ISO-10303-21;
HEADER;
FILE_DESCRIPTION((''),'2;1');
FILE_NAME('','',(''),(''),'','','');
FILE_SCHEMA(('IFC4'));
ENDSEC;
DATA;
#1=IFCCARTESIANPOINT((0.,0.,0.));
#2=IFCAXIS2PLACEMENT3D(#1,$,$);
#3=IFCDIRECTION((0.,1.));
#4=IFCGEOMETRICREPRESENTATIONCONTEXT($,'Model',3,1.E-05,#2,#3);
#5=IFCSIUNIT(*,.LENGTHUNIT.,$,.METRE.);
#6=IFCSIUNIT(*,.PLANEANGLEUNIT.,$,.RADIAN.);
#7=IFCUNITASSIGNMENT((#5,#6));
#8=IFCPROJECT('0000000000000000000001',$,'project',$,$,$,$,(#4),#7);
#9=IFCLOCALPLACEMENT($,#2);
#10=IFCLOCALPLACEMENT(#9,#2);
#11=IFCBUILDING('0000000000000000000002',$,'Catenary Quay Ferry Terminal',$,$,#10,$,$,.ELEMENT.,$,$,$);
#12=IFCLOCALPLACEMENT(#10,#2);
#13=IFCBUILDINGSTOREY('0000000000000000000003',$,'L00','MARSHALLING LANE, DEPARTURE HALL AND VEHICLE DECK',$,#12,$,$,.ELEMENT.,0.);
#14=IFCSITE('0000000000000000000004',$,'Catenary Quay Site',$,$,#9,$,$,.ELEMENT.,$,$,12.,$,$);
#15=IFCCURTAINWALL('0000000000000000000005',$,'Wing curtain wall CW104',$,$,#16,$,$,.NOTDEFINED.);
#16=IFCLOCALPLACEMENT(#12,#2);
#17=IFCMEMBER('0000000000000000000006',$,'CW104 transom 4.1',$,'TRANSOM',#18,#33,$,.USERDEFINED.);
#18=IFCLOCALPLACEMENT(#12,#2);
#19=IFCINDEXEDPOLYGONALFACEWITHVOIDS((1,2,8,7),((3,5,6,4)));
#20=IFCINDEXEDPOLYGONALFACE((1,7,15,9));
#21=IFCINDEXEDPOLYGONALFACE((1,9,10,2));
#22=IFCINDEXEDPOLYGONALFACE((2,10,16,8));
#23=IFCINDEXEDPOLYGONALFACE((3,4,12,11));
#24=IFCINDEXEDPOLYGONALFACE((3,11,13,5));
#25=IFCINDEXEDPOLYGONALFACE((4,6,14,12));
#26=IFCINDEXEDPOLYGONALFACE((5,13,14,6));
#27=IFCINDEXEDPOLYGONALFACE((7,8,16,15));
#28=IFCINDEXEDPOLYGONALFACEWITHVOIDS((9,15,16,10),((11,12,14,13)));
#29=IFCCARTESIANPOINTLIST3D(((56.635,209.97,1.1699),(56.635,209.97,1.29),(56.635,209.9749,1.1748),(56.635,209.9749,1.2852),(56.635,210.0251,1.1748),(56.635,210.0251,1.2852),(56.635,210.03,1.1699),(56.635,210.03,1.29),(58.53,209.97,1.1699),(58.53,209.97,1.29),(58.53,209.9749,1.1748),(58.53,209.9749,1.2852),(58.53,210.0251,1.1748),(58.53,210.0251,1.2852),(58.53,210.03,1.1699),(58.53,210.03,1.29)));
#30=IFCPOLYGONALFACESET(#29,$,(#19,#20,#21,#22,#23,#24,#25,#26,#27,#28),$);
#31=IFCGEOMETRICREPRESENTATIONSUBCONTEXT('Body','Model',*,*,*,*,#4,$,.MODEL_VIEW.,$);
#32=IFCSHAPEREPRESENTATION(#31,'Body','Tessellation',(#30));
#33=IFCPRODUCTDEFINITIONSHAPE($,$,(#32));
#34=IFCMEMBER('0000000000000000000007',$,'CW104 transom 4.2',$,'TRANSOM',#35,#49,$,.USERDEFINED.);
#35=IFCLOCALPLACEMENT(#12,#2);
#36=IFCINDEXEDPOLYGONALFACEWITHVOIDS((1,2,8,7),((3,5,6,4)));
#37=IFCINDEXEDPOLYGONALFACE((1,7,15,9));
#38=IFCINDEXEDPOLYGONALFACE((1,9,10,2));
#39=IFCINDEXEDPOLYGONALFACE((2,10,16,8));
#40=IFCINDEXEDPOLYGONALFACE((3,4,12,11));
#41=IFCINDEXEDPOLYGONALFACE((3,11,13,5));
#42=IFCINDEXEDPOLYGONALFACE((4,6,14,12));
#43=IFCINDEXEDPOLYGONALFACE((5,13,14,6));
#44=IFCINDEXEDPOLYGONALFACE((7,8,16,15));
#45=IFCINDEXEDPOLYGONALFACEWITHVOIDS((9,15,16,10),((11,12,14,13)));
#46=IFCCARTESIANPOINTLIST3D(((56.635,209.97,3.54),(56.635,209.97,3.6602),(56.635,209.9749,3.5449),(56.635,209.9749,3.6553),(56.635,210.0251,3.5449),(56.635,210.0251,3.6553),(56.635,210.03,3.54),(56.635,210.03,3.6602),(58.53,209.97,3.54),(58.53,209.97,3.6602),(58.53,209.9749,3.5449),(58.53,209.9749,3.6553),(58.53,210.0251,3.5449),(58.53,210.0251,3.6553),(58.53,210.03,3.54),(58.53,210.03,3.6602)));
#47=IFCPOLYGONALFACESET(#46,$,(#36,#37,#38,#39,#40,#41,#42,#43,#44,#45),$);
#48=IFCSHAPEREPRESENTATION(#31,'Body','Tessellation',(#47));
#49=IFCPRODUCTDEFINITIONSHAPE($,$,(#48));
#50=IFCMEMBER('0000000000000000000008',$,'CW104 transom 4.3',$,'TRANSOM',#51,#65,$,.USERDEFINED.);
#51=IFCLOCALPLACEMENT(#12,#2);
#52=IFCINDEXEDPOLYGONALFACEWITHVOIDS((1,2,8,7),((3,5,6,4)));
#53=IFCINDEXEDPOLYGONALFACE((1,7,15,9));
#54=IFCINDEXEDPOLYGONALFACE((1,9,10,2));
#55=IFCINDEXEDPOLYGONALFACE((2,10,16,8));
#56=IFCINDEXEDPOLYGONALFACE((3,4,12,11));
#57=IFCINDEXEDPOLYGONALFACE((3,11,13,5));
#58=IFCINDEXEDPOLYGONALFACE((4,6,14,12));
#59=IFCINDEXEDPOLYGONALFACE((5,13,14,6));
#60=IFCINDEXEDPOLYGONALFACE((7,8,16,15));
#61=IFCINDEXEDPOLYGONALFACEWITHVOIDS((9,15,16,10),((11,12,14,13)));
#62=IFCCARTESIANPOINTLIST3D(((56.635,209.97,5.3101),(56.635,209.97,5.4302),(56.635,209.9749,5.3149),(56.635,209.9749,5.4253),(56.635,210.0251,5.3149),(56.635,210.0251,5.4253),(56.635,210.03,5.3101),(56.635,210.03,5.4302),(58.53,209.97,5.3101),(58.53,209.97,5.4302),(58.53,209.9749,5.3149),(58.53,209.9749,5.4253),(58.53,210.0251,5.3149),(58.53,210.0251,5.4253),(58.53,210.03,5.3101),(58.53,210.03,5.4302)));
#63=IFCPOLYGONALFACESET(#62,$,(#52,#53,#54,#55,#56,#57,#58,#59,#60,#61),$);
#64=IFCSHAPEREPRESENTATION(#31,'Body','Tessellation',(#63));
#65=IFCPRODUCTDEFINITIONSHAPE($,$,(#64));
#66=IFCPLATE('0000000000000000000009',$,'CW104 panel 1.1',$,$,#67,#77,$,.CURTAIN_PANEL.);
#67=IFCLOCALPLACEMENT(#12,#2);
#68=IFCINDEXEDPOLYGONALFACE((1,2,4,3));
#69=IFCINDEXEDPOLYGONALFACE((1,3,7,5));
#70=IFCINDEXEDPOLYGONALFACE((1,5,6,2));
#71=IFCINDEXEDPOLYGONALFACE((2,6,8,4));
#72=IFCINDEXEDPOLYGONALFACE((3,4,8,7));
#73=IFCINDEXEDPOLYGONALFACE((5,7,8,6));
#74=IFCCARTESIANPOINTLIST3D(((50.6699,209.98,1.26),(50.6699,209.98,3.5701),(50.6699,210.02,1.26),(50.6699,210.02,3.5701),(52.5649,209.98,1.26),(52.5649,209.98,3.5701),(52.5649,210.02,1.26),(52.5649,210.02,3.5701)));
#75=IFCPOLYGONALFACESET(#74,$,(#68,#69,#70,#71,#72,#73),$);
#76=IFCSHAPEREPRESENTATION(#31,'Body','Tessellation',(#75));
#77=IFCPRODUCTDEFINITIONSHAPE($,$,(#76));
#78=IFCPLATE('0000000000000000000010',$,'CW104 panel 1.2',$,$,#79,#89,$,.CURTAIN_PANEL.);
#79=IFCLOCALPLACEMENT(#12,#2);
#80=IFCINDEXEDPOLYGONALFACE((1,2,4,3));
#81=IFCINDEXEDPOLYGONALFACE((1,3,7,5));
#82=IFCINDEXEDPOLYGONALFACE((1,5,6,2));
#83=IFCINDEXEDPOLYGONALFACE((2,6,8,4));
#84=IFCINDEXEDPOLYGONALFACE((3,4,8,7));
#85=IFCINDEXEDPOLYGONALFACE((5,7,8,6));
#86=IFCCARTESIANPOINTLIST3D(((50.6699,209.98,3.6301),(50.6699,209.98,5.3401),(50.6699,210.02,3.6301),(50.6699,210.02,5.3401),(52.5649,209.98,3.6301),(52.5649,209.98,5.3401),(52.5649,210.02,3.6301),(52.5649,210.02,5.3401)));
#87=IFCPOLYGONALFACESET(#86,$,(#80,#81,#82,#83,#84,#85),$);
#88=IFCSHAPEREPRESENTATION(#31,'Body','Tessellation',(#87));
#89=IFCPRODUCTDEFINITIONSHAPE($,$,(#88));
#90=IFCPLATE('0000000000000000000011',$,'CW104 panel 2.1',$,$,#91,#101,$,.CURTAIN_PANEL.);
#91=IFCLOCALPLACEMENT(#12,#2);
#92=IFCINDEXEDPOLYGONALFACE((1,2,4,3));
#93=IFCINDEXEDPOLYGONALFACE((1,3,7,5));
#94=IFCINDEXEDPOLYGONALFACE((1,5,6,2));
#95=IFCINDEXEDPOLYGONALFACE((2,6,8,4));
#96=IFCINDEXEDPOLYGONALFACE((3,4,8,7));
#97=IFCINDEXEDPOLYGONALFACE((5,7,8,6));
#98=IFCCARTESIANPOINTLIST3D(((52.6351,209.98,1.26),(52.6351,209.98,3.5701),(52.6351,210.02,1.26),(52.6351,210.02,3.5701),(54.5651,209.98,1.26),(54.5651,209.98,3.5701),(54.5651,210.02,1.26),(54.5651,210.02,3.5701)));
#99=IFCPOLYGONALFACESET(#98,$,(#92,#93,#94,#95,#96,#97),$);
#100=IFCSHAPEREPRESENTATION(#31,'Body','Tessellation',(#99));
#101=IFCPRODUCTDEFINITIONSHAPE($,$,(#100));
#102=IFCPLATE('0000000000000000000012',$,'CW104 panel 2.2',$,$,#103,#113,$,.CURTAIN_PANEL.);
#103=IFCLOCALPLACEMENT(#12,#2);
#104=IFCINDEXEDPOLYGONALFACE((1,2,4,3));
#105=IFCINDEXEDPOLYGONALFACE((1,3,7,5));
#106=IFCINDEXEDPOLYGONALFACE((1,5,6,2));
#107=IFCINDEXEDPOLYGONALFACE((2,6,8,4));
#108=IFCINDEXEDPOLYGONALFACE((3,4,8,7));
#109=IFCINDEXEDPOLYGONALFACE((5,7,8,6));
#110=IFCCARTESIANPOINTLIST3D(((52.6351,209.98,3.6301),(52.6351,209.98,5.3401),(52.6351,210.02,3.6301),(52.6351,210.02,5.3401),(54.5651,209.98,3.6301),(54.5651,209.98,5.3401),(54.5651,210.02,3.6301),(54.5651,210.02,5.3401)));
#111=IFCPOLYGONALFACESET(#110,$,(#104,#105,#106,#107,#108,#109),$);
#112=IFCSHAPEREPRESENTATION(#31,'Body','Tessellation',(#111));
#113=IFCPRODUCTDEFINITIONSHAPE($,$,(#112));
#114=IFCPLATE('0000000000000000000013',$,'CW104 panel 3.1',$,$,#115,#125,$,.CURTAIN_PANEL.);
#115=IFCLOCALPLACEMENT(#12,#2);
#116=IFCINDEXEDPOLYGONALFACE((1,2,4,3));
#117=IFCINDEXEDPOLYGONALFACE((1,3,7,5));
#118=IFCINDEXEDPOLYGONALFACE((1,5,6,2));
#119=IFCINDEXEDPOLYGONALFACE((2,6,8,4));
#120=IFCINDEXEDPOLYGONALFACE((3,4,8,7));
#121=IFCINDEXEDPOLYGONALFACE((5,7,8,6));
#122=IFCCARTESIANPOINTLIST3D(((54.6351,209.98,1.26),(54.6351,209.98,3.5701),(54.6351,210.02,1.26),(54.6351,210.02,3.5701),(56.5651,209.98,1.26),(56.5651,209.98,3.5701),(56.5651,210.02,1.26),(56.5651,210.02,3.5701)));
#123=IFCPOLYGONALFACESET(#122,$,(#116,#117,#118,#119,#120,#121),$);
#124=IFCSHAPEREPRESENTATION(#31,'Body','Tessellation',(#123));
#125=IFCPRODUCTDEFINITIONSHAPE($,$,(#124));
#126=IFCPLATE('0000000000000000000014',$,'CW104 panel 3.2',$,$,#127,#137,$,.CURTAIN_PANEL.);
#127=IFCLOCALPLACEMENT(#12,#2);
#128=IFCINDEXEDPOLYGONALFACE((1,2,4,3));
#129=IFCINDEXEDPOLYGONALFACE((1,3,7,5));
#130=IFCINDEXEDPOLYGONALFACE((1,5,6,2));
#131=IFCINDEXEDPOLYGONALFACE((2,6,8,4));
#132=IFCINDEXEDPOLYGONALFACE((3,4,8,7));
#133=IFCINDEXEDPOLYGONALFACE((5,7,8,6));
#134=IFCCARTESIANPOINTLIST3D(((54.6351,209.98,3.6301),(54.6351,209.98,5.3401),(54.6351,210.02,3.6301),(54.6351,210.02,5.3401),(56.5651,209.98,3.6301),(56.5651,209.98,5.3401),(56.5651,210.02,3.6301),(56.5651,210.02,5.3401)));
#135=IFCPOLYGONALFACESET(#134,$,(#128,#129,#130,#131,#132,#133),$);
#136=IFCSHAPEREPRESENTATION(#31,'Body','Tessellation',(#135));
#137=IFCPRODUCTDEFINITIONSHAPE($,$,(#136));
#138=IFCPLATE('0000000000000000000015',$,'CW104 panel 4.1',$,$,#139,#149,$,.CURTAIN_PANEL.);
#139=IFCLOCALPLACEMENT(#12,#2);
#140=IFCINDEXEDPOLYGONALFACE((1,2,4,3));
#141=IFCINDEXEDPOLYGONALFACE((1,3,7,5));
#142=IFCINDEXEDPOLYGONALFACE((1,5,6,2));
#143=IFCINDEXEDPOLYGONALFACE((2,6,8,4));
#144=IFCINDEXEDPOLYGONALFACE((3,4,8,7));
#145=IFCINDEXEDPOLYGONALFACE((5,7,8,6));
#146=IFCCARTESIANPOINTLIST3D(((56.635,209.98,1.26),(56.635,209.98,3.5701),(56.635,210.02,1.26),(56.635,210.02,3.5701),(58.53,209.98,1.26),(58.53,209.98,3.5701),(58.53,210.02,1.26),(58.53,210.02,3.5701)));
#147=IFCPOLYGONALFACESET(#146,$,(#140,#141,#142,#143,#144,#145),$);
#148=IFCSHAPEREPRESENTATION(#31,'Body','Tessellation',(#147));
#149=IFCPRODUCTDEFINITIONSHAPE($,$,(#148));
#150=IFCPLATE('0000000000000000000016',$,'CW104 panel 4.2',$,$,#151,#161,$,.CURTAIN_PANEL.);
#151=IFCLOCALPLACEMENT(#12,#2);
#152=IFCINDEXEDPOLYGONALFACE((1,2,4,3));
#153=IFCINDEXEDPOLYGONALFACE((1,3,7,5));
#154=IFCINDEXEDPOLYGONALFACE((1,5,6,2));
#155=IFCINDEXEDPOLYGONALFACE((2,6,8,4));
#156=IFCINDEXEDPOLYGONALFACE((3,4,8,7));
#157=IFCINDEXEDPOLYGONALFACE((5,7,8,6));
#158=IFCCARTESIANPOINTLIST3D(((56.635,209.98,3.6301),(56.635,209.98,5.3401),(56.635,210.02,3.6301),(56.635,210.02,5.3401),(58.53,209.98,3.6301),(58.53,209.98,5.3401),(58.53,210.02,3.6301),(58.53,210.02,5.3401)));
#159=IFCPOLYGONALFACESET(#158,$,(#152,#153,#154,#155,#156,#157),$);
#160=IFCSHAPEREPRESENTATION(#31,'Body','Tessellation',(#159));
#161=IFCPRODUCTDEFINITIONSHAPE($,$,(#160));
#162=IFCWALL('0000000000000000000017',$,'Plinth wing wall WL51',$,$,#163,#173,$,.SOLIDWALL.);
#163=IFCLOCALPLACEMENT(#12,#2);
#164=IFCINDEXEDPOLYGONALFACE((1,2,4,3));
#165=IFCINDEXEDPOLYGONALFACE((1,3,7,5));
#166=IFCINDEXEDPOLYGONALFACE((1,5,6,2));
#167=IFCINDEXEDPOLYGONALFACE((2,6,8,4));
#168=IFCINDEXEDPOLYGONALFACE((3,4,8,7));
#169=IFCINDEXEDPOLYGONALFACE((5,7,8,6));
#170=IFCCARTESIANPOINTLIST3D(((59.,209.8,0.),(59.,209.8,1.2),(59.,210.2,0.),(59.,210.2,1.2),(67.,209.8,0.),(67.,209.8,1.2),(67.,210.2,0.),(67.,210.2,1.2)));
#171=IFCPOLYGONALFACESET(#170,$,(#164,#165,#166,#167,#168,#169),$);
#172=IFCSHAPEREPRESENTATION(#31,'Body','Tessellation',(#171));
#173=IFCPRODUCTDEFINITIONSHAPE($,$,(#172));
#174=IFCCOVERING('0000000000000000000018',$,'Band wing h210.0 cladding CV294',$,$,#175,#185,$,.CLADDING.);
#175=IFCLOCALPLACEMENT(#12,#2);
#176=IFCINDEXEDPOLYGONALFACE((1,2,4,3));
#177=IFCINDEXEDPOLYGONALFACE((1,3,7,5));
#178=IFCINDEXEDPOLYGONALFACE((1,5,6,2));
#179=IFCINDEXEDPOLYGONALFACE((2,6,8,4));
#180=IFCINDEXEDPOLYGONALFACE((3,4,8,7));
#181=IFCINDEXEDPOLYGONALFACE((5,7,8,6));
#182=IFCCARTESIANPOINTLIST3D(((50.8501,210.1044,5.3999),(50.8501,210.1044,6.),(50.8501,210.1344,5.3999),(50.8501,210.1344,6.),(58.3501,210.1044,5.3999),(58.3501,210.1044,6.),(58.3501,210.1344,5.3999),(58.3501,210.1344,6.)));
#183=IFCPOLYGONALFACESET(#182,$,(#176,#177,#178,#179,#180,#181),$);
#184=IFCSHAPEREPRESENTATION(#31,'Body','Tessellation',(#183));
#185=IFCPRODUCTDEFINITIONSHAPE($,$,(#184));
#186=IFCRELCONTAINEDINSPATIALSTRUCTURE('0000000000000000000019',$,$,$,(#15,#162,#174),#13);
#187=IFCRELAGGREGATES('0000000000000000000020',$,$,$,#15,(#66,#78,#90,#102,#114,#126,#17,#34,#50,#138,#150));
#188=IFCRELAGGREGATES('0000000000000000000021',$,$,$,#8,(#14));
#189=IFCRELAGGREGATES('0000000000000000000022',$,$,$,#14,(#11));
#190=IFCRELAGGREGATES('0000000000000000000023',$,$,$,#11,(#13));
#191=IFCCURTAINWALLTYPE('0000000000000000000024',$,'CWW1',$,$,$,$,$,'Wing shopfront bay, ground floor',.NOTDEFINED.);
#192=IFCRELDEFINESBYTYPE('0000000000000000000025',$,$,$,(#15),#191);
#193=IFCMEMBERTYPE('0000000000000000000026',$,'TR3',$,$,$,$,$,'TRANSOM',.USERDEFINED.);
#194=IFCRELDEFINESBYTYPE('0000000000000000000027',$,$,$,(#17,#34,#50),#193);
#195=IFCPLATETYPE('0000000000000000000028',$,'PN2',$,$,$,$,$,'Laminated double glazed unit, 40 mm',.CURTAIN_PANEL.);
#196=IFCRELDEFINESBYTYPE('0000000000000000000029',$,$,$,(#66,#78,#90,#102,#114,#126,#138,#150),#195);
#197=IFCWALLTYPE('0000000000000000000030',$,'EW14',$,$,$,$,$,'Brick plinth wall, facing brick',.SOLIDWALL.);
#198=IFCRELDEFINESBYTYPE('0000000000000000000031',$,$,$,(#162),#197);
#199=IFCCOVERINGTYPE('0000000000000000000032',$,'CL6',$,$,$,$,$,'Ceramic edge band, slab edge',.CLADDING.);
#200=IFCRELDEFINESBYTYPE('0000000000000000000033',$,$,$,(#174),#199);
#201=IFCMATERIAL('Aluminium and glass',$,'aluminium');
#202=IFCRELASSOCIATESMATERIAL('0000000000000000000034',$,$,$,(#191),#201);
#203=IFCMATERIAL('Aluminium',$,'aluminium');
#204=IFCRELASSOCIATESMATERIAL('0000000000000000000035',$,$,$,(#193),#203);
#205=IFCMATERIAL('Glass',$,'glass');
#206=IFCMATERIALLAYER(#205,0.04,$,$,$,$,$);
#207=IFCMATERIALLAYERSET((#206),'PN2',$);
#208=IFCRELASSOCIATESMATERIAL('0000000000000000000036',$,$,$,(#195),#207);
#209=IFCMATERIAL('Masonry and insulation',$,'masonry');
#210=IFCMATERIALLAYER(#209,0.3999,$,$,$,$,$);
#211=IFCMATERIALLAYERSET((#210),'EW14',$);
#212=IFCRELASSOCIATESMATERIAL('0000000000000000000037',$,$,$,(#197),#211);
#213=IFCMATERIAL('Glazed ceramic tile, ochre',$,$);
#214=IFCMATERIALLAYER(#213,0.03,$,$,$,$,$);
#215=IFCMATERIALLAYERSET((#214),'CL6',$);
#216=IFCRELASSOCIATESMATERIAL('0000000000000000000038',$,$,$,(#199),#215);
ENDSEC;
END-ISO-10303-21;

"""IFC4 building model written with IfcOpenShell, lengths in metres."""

from ifc_helpers import new_model, si_unit, direction, frame, frame_2d, origin, origin_2d, place, context, subcontext, project, spatial, rectangle, hollow_rectangle, extrude, material, layer, layer_set, material_profile, profile_set, type_object, element, aggregate, save


model = new_model("IFC4")

# Units and contexts
model_context = context("Model", 3, precision=1e-05, world=origin(), true_north=direction((0.0, 1.0)))
body_context = subcontext(model_context, "Body", "Model", "MODEL_VIEW")
ifc_project = project(units=[si_unit("LENGTHUNIT", "METRE"), si_unit("PLANEANGLEUNIT", "RADIAN")], contexts=[model_context])

# Site, building, storey
site_placement = place(None, origin())
site = spatial("IfcSite", under=ifc_project, at=site_placement, Name="Catenary Quay Site", CompositionType="ELEMENT", RefElevation=12.0)
building_placement = place(site_placement, origin())
building = spatial("IfcBuilding", under=site, at=building_placement, Name="Catenary Quay Ferry Terminal", CompositionType="ELEMENT")
storey_placement = place(building_placement, origin())
storey = spatial("IfcBuildingStorey", under=building, at=storey_placement, Name="L00", Description="MARSHALLING LANE, DEPARTURE HALL AND VEHICLE DECK", CompositionType="ELEMENT", Elevation=0.0)

# Curtain wall
ifc_material_1 = material(Name="Aluminium and glass", Category="aluminium")
curtain_wall_type = type_object("IfcCurtainWallType", Name="CWW1", ElementType="Wing shopfront bay, ground floor", PredefinedType="NOTDEFINED", material=ifc_material_1)
curtain_wall_1_placement = place(storey_placement, origin())
curtain_wall_1 = element("IfcCurtainWall", 1, at=curtain_wall_1_placement, inside=storey, type_object=curtain_wall_type, Name="Wing curtain wall CW104", PredefinedType="NOTDEFINED")

# Members
ifc_material_2 = material(Name="Aluminium", Category="aluminium")
ifc_material_profile_1 = material_profile(ifc_material_2, hollow_rectangle(XDim=0.0601, YDim=0.1201, WallThickness=0.0049, at=origin_2d()), Name="TR3")
ifc_profile_set_1 = profile_set([ifc_material_profile_1], Name="Aluminium")
member_type_1 = type_object("IfcMemberType", Name="TR3", ElementType="TRANSOM", PredefinedType="USERDEFINED", material=ifc_profile_set_1)
member_1_placement = place(storey_placement, frame((56.635, 210.0, 1.23), z_axis=(1.0, 0.0, 0.0), x_axis=(0.0, 1.0, 0.0)))
member_1 = element("IfcMember", 2, at=member_1_placement, type_object=member_type_1, Name="CW104 transom 4.1", ObjectType="TRANSOM", PredefinedType="USERDEFINED", context=body_context, shape_type="SweptSolid", body=[
    extrude(hollow_rectangle(XDim=0.0601, YDim=0.1201, WallThickness=0.0049, at=origin_2d()), origin(), (0.0, 0.0, 1.0), 1.895),
])
member_2_placement = place(storey_placement, frame((56.635, 210.0, 3.6001), z_axis=(1.0, 0.0, 0.0), x_axis=(0.0, 1.0, 0.0)))
member_2 = element("IfcMember", 3, at=member_2_placement, type_object=member_type_1, Name="CW104 transom 4.2", ObjectType="TRANSOM", PredefinedType="USERDEFINED", context=body_context, shape_type="SweptSolid", body=[
    extrude(hollow_rectangle(XDim=0.0601, YDim=0.1201, WallThickness=0.0049, at=origin_2d()), origin(), (0.0, 0.0, 1.0), 1.895),
])
member_3_placement = place(storey_placement, frame((56.635, 210.0, 5.3701), z_axis=(1.0, 0.0, 0.0), x_axis=(0.0, 1.0, 0.0)))
member_3 = element("IfcMember", 4, at=member_3_placement, type_object=member_type_1, Name="CW104 transom 4.3", ObjectType="TRANSOM", PredefinedType="USERDEFINED", context=body_context, shape_type="SweptSolid", body=[
    extrude(hollow_rectangle(XDim=0.0601, YDim=0.1201, WallThickness=0.0049, at=origin_2d()), origin(), (0.0, 0.0, 1.0), 1.895),
])

# Plates
ifc_material_3 = material(Name="Glass", Category="glass")
ifc_layer_1 = layer(ifc_material_3, 0.04)
ifc_layer_set_1 = layer_set([ifc_layer_1], Name="PN2")
plate_type = type_object("IfcPlateType", Name="PN2", ElementType="Laminated double glazed unit, 40 mm", PredefinedType="CURTAIN_PANEL", material=ifc_layer_set_1)
plate_1_placement = place(storey_placement, frame((51.6174, 210.0, 1.26), z_axis=(0.0, 0.0, 1.0), x_axis=(1.0, 0.0, 0.0)))
plate_1 = element("IfcPlate", 5, at=plate_1_placement, type_object=plate_type, Name="CW104 panel 1.1", PredefinedType="CURTAIN_PANEL", context=body_context, shape_type="SweptSolid", body=[
    extrude(rectangle(XDim=1.895, YDim=0.04, at=origin_2d()), origin(), (0.0, 0.0, 1.0), 2.3101),
])
plate_2_placement = place(storey_placement, frame((51.6174, 210.0, 3.6301), z_axis=(0.0, 0.0, 1.0), x_axis=(1.0, 0.0, 0.0)))
plate_2 = element("IfcPlate", 6, at=plate_2_placement, type_object=plate_type, Name="CW104 panel 1.2", PredefinedType="CURTAIN_PANEL", context=body_context, shape_type="SweptSolid", body=[
    extrude(rectangle(XDim=1.895, YDim=0.04, at=origin_2d()), origin(), (0.0, 0.0, 1.0), 1.71),
])
plate_3_placement = place(storey_placement, frame((53.6001, 210.0, 1.26), z_axis=(0.0, 0.0, 1.0), x_axis=(1.0, 0.0, 0.0)))
plate_3 = element("IfcPlate", 7, at=plate_3_placement, type_object=plate_type, Name="CW104 panel 2.1", PredefinedType="CURTAIN_PANEL", context=body_context, shape_type="SweptSolid", body=[
    extrude(rectangle(XDim=1.9299, YDim=0.04, at=origin_2d()), origin(), (0.0, 0.0, 1.0), 2.3101),
])
plate_4_placement = place(storey_placement, frame((53.6001, 210.0, 3.6301), z_axis=(0.0, 0.0, 1.0), x_axis=(1.0, 0.0, 0.0)))
plate_4 = element("IfcPlate", 8, at=plate_4_placement, type_object=plate_type, Name="CW104 panel 2.2", PredefinedType="CURTAIN_PANEL", context=body_context, shape_type="SweptSolid", body=[
    extrude(rectangle(XDim=1.9299, YDim=0.04, at=origin_2d()), origin(), (0.0, 0.0, 1.0), 1.71),
])
plate_5_placement = place(storey_placement, frame((55.6001, 210.0, 1.26), z_axis=(0.0, 0.0, 1.0), x_axis=(1.0, 0.0, 0.0)))
plate_5 = element("IfcPlate", 9, at=plate_5_placement, type_object=plate_type, Name="CW104 panel 3.1", PredefinedType="CURTAIN_PANEL", context=body_context, shape_type="SweptSolid", body=[
    extrude(rectangle(XDim=1.9299, YDim=0.04, at=origin_2d()), origin(), (0.0, 0.0, 1.0), 2.3101),
])
plate_6_placement = place(storey_placement, frame((55.6001, 210.0, 3.6301), z_axis=(0.0, 0.0, 1.0), x_axis=(1.0, 0.0, 0.0)))
plate_6 = element("IfcPlate", 10, at=plate_6_placement, type_object=plate_type, Name="CW104 panel 3.2", PredefinedType="CURTAIN_PANEL", context=body_context, shape_type="SweptSolid", body=[
    extrude(rectangle(XDim=1.9299, YDim=0.04, at=origin_2d()), origin(), (0.0, 0.0, 1.0), 1.71),
])
plate_7_placement = place(storey_placement, frame((57.5825, 210.0, 1.26), z_axis=(0.0, 0.0, 1.0), x_axis=(1.0, 0.0, 0.0)))
plate_7 = element("IfcPlate", 11, at=plate_7_placement, type_object=plate_type, Name="CW104 panel 4.1", PredefinedType="CURTAIN_PANEL", context=body_context, shape_type="SweptSolid", body=[
    extrude(rectangle(XDim=1.895, YDim=0.04, at=origin_2d()), origin(), (0.0, 0.0, 1.0), 2.3101),
])
plate_8_placement = place(storey_placement, frame((57.5825, 210.0, 3.6301), z_axis=(0.0, 0.0, 1.0), x_axis=(1.0, 0.0, 0.0)))
plate_8 = element("IfcPlate", 12, at=plate_8_placement, type_object=plate_type, Name="CW104 panel 4.2", PredefinedType="CURTAIN_PANEL", context=body_context, shape_type="SweptSolid", body=[
    extrude(rectangle(XDim=1.895, YDim=0.04, at=origin_2d()), origin(), (0.0, 0.0, 1.0), 1.71),
])
aggregate(curtain_wall_1, [plate_1, plate_2, plate_3, plate_4, plate_5, plate_6, member_1, member_2, member_3, plate_7, plate_8])

# Wall
ifc_material_4 = material(Name="Masonry and insulation", Category="masonry")
ifc_layer_2 = layer(ifc_material_4, 0.3999)
ifc_layer_set_2 = layer_set([ifc_layer_2], Name="EW14")
wall_type = type_object("IfcWallType", Name="EW14", ElementType="Brick plinth wall, facing brick", PredefinedType="SOLIDWALL", material=ifc_layer_set_2)
wall_placement = place(storey_placement, frame((59.0, 210.0, 0.0), z_axis=(0.0, 0.0, 1.0), x_axis=(1.0, 0.0, 0.0)))
element("IfcWall", 13, at=wall_placement, inside=storey, type_object=wall_type, Name="Plinth wing wall WL51", PredefinedType="SOLIDWALL", context=body_context, shape_type="SweptSolid", body=[
    extrude(rectangle(XDim=8.0, YDim=0.3999, at=frame_2d((4.0, 0.0))), origin(), (0.0, 0.0, 1.0), 1.2),
])

# Covering
ifc_material_5 = material(Name="Glazed ceramic tile, ochre")
ifc_layer_3 = layer(ifc_material_5, 0.03)
ifc_layer_set_3 = layer_set([ifc_layer_3], Name="CL6")
covering_type = type_object("IfcCoveringType", Name="CL6", ElementType="Ceramic edge band, slab edge", PredefinedType="CLADDING", material=ifc_layer_set_3)
covering_placement = place(storey_placement, frame((54.6001, 210.1194, 5.3999), z_axis=(0.0, 0.0, 1.0), x_axis=(1.0, 0.0, 0.0)))
element("IfcCovering", 14, at=covering_placement, inside=storey, type_object=covering_type, Name="Band wing h210.0 cladding CV294", PredefinedType="CLADDING", context=body_context, shape_type="SweptSolid", body=[
    extrude(rectangle(XDim=7.5, YDim=0.03, at=origin_2d()), origin(), (0.0, 0.0, 1.0), 0.6001),
])

save(model, "model.ifc")
